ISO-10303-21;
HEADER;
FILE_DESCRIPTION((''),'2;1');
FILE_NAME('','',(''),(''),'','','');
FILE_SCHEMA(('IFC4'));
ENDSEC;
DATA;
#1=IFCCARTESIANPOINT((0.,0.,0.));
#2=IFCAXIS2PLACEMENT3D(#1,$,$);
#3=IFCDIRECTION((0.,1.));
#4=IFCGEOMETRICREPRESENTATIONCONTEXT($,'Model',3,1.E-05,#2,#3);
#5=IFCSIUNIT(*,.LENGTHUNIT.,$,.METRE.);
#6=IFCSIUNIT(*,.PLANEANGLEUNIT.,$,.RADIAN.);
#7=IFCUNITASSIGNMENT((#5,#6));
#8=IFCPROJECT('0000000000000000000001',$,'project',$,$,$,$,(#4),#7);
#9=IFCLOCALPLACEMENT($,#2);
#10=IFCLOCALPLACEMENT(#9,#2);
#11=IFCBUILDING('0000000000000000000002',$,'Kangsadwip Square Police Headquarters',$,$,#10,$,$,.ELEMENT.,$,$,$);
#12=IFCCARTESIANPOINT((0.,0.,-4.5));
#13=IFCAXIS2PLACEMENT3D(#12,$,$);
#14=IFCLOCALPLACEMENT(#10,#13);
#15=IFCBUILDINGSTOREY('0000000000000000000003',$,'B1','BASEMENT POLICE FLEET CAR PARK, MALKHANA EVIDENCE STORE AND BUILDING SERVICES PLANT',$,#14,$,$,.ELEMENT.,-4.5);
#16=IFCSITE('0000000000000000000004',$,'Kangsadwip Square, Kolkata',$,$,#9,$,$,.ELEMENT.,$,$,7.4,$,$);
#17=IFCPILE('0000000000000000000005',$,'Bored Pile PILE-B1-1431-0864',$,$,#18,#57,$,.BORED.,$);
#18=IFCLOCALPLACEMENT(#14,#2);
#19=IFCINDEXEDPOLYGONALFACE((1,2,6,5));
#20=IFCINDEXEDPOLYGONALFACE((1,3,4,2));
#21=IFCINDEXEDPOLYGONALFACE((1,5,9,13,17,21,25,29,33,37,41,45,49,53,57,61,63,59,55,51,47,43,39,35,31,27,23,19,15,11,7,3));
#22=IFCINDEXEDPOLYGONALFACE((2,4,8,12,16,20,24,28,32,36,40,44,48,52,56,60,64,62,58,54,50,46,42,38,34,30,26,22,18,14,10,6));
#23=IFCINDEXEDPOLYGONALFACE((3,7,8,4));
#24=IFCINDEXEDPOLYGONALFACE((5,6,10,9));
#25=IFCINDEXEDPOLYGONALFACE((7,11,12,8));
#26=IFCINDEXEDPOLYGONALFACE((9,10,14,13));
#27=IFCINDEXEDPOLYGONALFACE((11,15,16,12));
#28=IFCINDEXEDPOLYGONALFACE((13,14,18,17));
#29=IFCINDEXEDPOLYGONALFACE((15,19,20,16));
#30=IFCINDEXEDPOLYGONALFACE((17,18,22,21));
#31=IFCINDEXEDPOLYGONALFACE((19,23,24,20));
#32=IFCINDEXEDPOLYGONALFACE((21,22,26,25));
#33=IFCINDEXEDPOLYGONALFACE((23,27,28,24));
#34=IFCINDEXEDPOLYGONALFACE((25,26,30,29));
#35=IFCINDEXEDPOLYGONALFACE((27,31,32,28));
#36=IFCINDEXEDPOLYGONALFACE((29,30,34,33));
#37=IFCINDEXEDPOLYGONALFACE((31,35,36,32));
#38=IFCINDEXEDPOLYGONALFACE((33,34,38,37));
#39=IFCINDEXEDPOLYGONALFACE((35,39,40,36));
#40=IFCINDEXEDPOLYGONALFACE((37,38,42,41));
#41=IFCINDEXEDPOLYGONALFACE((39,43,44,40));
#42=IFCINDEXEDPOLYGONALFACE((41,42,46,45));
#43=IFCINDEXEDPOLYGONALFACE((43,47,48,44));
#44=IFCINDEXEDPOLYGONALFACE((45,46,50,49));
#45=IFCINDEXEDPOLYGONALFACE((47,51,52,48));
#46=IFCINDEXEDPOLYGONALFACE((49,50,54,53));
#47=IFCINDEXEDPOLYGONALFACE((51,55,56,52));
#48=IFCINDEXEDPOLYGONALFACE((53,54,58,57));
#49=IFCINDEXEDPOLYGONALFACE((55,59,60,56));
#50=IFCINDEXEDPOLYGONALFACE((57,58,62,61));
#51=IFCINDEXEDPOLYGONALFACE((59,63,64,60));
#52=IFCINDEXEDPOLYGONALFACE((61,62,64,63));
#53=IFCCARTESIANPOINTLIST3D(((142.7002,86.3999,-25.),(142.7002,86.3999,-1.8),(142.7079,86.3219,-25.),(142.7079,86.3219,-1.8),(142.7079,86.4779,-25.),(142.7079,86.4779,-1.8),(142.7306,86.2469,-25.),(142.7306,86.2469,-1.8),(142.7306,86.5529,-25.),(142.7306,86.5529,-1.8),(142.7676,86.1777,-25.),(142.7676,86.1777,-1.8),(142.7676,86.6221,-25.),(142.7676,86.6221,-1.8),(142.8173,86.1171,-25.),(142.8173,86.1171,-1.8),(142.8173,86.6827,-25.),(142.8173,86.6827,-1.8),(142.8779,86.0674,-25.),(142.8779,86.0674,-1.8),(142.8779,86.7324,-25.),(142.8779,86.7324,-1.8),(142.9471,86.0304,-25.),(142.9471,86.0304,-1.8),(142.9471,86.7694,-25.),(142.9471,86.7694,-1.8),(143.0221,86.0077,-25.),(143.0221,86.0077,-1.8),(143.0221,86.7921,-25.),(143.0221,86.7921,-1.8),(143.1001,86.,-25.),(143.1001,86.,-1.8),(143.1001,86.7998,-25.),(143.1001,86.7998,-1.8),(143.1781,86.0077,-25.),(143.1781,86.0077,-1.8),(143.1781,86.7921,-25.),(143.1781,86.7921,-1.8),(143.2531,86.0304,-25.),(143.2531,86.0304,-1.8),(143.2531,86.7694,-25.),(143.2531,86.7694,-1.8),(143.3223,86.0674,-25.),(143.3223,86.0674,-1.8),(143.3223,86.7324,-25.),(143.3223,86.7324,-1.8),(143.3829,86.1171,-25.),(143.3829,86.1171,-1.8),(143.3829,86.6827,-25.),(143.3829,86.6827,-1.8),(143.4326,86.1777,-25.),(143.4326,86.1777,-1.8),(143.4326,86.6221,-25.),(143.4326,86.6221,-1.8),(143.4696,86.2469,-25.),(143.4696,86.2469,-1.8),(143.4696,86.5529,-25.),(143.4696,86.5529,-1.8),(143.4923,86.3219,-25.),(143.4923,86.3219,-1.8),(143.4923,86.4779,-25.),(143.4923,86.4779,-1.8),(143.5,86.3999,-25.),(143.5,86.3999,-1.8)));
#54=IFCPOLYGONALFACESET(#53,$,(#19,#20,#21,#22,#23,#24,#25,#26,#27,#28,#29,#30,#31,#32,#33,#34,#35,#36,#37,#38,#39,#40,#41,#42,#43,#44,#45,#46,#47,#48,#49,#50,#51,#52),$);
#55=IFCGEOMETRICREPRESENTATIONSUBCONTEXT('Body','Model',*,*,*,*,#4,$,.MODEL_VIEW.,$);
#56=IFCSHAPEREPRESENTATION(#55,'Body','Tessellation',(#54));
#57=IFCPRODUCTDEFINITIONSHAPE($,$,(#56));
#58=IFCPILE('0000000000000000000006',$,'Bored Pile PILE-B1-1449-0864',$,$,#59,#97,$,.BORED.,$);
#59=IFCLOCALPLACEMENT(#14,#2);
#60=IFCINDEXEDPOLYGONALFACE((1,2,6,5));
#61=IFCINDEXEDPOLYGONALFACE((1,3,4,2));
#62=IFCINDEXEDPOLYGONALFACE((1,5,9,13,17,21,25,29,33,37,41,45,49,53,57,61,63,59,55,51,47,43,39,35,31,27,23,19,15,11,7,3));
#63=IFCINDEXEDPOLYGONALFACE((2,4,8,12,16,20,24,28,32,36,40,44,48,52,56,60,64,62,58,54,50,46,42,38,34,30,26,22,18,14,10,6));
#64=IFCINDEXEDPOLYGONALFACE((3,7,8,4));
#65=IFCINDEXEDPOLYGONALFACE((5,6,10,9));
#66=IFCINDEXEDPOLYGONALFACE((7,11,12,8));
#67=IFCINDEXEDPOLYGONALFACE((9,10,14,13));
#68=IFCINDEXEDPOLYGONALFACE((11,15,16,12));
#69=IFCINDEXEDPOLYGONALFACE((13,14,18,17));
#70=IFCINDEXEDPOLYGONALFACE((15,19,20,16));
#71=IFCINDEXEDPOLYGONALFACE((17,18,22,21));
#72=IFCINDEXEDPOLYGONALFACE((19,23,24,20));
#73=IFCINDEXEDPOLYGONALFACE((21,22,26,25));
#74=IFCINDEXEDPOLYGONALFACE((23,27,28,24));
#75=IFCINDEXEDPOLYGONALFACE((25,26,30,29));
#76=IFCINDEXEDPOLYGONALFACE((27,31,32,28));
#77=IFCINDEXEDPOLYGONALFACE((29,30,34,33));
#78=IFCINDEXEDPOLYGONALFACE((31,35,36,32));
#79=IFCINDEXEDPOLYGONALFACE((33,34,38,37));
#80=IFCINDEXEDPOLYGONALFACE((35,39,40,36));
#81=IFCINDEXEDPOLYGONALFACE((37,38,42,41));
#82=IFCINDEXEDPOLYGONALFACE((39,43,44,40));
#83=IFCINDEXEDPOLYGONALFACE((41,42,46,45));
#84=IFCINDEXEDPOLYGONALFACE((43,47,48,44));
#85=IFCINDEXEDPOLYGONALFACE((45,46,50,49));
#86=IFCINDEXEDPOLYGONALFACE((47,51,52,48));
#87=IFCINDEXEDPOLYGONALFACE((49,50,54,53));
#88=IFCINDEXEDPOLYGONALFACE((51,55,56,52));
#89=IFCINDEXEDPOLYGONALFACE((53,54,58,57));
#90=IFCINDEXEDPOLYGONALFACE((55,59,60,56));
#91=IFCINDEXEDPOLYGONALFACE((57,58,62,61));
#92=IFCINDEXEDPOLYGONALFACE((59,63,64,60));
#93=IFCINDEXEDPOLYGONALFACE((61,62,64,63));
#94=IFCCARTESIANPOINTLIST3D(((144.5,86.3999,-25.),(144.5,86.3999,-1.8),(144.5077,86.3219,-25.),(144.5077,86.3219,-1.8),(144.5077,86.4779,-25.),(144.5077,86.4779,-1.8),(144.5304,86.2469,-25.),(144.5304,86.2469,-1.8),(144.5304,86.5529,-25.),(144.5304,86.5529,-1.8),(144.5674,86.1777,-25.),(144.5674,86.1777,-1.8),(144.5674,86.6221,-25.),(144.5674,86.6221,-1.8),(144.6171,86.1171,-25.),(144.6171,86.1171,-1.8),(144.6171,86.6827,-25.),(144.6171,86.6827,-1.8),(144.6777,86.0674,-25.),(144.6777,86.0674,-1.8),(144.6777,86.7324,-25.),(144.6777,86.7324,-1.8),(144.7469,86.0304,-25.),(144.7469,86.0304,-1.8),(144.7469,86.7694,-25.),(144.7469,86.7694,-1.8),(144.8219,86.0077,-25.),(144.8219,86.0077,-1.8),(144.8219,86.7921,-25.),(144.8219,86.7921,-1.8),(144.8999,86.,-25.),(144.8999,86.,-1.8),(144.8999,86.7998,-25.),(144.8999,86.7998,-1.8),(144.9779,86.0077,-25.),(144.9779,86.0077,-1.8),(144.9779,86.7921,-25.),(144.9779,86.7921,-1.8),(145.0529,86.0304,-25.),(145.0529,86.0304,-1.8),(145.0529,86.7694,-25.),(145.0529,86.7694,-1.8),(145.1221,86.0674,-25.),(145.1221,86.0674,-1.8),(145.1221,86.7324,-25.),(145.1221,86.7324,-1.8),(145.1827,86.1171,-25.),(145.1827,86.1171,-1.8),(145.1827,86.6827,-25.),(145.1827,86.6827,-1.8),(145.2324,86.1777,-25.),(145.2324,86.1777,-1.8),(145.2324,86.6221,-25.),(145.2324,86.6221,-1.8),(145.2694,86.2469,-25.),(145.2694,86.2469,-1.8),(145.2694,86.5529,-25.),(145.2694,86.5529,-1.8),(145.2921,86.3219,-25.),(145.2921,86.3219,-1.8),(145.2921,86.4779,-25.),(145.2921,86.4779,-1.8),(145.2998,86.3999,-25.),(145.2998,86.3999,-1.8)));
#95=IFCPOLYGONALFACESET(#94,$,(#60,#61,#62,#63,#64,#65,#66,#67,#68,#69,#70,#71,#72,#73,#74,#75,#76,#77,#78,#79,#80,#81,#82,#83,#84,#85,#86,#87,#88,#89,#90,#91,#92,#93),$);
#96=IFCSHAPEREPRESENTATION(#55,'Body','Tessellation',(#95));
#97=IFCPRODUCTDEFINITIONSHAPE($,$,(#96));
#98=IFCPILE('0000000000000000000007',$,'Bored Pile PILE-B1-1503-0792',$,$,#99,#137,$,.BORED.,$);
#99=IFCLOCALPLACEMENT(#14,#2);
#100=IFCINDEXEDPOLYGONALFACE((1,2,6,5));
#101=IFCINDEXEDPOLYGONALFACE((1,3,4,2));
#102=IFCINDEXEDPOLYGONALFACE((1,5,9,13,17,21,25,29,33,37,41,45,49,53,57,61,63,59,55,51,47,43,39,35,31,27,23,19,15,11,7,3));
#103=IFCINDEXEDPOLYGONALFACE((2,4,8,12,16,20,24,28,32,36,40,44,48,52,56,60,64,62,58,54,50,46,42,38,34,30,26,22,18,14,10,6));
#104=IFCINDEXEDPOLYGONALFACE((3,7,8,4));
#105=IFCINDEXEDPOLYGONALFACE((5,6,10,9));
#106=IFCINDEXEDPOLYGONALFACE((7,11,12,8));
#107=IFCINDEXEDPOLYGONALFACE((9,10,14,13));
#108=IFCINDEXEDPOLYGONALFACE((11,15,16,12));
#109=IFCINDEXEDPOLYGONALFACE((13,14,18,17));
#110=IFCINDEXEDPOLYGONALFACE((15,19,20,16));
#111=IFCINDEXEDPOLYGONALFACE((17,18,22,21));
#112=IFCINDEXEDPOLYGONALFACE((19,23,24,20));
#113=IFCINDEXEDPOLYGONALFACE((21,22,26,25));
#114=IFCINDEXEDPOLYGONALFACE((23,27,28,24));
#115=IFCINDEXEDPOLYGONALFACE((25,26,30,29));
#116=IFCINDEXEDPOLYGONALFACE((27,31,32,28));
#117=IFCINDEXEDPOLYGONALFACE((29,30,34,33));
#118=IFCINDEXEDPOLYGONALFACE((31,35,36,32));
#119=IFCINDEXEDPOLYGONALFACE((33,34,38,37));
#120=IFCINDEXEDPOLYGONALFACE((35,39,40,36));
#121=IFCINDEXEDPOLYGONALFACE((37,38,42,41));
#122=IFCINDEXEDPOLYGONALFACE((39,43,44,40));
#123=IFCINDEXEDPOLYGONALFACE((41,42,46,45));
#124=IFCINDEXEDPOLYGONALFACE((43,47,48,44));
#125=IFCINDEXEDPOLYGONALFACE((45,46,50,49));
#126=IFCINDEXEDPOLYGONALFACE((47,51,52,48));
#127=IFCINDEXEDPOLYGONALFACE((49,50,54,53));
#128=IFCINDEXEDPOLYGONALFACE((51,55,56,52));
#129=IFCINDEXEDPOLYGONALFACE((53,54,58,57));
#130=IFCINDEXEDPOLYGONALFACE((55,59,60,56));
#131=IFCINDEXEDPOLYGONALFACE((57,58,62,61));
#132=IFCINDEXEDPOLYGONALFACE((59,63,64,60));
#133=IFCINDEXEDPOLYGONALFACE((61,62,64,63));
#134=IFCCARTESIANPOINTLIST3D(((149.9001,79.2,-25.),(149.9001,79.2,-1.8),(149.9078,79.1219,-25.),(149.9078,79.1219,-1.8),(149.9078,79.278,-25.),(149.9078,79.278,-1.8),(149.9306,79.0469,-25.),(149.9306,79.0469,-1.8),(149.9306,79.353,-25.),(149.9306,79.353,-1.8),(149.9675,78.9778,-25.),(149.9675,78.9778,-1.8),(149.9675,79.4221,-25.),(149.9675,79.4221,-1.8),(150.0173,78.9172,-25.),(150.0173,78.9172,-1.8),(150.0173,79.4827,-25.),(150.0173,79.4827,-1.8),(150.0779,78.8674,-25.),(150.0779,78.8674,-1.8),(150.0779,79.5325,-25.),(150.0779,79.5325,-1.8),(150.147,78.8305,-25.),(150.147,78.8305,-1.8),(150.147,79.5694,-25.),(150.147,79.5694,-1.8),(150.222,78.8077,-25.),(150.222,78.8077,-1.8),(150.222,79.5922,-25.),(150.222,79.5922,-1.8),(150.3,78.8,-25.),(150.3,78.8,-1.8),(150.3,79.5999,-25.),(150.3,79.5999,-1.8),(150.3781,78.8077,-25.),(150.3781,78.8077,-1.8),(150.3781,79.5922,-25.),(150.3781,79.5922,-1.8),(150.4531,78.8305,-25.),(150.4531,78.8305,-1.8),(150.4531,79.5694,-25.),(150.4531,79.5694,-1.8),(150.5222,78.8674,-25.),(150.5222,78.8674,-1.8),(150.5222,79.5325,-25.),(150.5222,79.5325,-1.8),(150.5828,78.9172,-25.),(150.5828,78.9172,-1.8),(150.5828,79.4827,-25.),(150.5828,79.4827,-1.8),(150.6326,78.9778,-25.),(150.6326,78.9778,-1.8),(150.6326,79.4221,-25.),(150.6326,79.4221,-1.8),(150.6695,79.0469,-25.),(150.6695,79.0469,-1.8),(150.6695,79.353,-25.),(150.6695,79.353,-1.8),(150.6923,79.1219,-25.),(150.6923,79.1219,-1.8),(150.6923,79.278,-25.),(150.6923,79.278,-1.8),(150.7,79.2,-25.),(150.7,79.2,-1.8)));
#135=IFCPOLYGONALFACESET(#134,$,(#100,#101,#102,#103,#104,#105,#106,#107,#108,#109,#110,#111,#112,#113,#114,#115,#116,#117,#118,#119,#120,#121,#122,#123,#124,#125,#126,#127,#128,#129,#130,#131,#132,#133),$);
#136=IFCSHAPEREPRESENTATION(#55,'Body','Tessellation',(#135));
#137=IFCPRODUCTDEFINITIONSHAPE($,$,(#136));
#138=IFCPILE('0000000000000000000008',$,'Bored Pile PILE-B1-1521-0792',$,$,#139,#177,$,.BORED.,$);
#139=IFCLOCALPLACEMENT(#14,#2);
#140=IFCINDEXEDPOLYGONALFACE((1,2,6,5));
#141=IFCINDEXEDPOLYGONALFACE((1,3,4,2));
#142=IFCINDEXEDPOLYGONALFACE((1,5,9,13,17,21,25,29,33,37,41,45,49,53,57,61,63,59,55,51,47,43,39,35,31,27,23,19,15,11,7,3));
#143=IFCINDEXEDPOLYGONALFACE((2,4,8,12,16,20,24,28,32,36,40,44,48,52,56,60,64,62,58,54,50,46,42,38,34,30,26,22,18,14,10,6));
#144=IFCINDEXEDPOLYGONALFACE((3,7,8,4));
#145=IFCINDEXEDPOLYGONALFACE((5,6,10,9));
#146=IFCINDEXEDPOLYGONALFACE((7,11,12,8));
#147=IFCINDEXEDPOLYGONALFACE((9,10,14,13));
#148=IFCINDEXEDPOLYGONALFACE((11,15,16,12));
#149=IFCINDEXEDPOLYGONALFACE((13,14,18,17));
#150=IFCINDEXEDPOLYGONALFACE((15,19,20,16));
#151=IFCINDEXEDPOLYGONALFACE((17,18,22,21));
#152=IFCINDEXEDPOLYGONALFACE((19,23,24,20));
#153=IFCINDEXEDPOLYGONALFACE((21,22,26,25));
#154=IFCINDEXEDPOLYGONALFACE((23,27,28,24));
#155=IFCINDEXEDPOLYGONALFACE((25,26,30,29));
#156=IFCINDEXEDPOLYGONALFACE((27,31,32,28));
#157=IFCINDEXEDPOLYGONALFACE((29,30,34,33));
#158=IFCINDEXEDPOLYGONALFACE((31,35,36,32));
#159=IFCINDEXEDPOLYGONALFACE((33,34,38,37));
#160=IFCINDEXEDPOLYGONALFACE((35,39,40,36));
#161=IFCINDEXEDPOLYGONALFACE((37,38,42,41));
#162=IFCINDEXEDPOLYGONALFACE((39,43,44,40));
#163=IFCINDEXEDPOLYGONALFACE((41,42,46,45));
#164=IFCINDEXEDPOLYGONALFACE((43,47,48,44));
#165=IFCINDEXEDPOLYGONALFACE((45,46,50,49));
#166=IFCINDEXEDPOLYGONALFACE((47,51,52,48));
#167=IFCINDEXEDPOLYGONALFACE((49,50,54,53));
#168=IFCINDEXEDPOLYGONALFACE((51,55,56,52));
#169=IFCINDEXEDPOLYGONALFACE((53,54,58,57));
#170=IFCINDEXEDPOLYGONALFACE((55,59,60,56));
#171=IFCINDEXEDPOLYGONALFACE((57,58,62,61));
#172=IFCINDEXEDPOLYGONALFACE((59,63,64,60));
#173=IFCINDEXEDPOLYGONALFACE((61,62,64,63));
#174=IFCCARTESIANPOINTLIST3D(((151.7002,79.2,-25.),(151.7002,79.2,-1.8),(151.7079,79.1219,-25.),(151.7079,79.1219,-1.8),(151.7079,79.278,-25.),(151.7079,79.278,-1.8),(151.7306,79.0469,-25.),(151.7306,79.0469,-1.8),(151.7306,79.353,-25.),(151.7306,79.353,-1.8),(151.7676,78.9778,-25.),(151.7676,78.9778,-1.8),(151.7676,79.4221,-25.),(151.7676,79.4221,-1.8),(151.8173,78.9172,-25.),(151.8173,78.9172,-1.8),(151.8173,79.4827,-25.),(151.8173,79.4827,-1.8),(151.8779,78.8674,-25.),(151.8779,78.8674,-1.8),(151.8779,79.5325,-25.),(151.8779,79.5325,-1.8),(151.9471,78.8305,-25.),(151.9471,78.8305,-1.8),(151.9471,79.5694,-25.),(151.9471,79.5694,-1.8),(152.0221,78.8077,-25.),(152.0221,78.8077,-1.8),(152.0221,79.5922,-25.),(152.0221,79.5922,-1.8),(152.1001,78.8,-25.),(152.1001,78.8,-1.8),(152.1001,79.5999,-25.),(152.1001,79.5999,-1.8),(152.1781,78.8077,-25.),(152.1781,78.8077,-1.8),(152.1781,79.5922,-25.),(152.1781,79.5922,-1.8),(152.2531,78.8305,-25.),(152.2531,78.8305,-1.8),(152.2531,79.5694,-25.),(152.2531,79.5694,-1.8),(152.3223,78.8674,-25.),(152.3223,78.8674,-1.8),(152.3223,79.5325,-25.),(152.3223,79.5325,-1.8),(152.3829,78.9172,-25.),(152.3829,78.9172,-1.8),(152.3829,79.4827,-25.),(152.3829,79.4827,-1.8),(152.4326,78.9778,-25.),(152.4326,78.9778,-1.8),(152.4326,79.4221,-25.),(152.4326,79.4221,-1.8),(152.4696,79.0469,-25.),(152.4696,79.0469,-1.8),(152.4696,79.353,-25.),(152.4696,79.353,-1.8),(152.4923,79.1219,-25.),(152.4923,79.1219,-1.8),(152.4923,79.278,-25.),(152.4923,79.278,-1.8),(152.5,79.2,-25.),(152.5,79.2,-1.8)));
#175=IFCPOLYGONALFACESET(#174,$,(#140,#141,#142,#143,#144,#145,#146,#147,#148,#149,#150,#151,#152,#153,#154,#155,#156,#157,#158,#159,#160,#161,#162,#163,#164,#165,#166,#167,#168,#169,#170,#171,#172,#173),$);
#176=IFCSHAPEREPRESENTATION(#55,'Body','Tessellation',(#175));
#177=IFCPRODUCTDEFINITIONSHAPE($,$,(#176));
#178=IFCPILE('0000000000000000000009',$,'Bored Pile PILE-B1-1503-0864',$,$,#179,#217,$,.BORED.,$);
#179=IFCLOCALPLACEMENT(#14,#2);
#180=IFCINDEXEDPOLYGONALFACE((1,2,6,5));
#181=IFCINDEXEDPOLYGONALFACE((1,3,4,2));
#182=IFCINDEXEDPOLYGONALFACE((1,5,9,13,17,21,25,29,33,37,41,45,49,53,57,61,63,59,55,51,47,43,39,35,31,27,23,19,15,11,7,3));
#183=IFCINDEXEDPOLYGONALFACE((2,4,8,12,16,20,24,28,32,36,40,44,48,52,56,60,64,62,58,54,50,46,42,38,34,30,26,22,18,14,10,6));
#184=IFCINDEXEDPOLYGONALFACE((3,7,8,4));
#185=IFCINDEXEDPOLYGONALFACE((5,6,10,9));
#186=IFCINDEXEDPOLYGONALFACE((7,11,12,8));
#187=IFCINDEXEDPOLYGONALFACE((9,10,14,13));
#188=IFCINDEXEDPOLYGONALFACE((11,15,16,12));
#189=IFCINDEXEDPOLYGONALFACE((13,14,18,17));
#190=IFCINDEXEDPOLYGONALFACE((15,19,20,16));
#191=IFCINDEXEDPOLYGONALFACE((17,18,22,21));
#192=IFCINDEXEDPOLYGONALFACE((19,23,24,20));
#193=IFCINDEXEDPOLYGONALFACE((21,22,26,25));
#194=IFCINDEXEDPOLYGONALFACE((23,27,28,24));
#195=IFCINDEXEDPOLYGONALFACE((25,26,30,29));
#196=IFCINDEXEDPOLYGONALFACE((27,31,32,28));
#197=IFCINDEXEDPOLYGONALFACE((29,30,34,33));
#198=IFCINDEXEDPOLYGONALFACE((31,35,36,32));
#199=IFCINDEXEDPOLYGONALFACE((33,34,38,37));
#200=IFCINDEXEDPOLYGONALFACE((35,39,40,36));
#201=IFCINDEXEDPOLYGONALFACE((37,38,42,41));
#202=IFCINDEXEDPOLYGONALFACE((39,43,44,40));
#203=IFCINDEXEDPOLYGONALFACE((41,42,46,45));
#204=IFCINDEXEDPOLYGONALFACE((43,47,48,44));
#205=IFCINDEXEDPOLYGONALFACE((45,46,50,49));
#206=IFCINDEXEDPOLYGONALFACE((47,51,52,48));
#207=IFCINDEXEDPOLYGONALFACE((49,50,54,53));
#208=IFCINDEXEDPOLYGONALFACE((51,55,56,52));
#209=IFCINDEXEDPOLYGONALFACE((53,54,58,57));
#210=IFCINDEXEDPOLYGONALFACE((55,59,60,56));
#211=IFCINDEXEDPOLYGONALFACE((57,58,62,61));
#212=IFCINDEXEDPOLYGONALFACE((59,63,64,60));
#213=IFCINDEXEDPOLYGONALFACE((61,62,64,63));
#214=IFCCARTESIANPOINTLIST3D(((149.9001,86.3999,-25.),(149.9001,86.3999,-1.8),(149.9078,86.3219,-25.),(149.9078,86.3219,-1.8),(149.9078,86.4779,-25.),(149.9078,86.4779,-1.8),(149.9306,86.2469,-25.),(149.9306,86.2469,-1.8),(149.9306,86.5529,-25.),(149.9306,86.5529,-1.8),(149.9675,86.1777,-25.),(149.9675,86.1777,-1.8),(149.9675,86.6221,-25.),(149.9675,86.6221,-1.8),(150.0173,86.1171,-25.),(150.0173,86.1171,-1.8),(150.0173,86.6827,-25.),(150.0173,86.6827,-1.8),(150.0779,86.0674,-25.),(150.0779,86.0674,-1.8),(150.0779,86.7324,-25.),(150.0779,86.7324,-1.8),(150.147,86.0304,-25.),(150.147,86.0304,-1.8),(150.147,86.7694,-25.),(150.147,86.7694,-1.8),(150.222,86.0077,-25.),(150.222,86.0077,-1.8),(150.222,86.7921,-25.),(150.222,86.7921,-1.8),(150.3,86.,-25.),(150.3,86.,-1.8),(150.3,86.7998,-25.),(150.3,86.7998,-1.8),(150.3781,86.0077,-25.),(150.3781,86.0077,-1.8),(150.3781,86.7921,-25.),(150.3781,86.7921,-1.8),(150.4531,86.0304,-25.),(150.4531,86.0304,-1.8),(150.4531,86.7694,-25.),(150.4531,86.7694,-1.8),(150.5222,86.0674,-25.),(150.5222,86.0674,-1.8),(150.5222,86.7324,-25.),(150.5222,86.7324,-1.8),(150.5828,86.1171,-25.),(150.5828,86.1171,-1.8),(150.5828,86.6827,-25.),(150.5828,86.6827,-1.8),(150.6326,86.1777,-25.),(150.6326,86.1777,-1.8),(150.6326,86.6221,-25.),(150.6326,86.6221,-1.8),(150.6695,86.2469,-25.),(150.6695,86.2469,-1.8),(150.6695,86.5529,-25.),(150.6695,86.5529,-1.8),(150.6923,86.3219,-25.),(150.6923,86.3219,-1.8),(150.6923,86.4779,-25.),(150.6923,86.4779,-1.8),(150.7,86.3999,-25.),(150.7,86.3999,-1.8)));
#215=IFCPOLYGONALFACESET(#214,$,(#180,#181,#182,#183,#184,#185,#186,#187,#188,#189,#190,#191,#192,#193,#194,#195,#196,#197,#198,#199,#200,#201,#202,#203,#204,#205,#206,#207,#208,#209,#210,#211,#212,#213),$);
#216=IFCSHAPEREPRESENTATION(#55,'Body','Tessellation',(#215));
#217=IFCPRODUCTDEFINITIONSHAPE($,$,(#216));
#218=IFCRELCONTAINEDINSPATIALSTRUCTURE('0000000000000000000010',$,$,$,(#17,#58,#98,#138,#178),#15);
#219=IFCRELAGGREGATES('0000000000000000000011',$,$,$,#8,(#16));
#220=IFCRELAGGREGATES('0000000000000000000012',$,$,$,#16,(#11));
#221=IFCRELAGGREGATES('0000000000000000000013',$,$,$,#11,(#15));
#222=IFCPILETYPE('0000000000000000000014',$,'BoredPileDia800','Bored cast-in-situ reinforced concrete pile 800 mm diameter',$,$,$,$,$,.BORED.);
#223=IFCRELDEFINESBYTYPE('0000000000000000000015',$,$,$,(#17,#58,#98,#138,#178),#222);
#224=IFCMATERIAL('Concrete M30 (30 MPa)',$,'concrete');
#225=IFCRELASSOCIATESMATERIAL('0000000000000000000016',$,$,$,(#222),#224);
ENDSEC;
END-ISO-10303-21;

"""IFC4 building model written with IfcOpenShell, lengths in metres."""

from ifc_helpers import new_model, si_unit, direction, frame, origin, origin_2d, place, context, subcontext, project, spatial, circle, extrude, material, material_profile, profile_set, type_object, element, save


model = new_model("IFC4")

# Units and contexts
model_context = context("Model", 3, precision=1e-05, world=origin(), true_north=direction((0.0, 1.0)))
body_context = subcontext(model_context, "Body", "Model", "MODEL_VIEW")
ifc_project = project(units=[si_unit("LENGTHUNIT", "METRE"), si_unit("PLANEANGLEUNIT", "RADIAN")], contexts=[model_context])

# Site, building, storey
site_placement = place(None, origin())
site = spatial("IfcSite", under=ifc_project, at=site_placement, Name="Kangsadwip Square, Kolkata", CompositionType="ELEMENT", RefElevation=7.4)
building_placement = place(site_placement, origin())
building = spatial("IfcBuilding", under=site, at=building_placement, Name="Kangsadwip Square Police Headquarters", CompositionType="ELEMENT")
storey_placement = place(building_placement, frame((0.0, 0.0, -4.5)))
storey = spatial("IfcBuildingStorey", under=building, at=storey_placement, Name="B1", Description="BASEMENT POLICE FLEET CAR PARK, MALKHANA EVIDENCE STORE AND BUILDING SERVICES PLANT", CompositionType="ELEMENT", Elevation=-4.5)

# Piles
ifc_material_1 = material(Name="Concrete M30 (30 MPa)", Category="concrete")
ifc_material_profile_1 = material_profile(ifc_material_1, circle(Radius=0.3999, at=origin_2d()), Name="PILE DIA 800")
ifc_profile_set_1 = profile_set([ifc_material_profile_1], Name="Concrete M30 (30 MPa)")
pile_type = type_object("IfcPileType", Name="BoredPileDia800", Description="Bored cast-in-situ reinforced concrete pile 800 mm diameter", PredefinedType="BORED", material=ifc_profile_set_1)
for number, where, z_axis, x_axis, name in (
    (1, (143.1001, 86.3999, -1.8), (0.0, 0.0, -1.0), (1.0, 0.0, 0.0), "Bored Pile PILE-B1-1431-0864"),
    (2, (144.8999, 86.3999, -1.8), (0.0, 0.0, -1.0), (1.0, 0.0, 0.0), "Bored Pile PILE-B1-1449-0864"),
    (3, (150.3, 79.2, -1.8), (0.0, 0.0, -1.0), (1.0, 0.0, 0.0), "Bored Pile PILE-B1-1503-0792"),
    (4, (152.1001, 79.2, -1.8), (0.0, 0.0, -1.0), (1.0, 0.0, 0.0), "Bored Pile PILE-B1-1521-0792"),
    (5, (150.3, 86.3999, -1.8), (0.0, 0.0, -1.0), (1.0, 0.0, 0.0), "Bored Pile PILE-B1-1503-0864"),
):
    element("IfcPile", number, at=place(storey_placement, frame(where, z_axis=z_axis, x_axis=x_axis)), inside=storey, type_object=pile_type, Name=name, PredefinedType="BORED", context=body_context, shape_type="SweptSolid", body=[
        extrude(circle(Radius=0.3999, at=origin_2d()), origin(), (0.0, 0.0, 1.0), 23.2),
    ])

save(model, "model.ifc")
